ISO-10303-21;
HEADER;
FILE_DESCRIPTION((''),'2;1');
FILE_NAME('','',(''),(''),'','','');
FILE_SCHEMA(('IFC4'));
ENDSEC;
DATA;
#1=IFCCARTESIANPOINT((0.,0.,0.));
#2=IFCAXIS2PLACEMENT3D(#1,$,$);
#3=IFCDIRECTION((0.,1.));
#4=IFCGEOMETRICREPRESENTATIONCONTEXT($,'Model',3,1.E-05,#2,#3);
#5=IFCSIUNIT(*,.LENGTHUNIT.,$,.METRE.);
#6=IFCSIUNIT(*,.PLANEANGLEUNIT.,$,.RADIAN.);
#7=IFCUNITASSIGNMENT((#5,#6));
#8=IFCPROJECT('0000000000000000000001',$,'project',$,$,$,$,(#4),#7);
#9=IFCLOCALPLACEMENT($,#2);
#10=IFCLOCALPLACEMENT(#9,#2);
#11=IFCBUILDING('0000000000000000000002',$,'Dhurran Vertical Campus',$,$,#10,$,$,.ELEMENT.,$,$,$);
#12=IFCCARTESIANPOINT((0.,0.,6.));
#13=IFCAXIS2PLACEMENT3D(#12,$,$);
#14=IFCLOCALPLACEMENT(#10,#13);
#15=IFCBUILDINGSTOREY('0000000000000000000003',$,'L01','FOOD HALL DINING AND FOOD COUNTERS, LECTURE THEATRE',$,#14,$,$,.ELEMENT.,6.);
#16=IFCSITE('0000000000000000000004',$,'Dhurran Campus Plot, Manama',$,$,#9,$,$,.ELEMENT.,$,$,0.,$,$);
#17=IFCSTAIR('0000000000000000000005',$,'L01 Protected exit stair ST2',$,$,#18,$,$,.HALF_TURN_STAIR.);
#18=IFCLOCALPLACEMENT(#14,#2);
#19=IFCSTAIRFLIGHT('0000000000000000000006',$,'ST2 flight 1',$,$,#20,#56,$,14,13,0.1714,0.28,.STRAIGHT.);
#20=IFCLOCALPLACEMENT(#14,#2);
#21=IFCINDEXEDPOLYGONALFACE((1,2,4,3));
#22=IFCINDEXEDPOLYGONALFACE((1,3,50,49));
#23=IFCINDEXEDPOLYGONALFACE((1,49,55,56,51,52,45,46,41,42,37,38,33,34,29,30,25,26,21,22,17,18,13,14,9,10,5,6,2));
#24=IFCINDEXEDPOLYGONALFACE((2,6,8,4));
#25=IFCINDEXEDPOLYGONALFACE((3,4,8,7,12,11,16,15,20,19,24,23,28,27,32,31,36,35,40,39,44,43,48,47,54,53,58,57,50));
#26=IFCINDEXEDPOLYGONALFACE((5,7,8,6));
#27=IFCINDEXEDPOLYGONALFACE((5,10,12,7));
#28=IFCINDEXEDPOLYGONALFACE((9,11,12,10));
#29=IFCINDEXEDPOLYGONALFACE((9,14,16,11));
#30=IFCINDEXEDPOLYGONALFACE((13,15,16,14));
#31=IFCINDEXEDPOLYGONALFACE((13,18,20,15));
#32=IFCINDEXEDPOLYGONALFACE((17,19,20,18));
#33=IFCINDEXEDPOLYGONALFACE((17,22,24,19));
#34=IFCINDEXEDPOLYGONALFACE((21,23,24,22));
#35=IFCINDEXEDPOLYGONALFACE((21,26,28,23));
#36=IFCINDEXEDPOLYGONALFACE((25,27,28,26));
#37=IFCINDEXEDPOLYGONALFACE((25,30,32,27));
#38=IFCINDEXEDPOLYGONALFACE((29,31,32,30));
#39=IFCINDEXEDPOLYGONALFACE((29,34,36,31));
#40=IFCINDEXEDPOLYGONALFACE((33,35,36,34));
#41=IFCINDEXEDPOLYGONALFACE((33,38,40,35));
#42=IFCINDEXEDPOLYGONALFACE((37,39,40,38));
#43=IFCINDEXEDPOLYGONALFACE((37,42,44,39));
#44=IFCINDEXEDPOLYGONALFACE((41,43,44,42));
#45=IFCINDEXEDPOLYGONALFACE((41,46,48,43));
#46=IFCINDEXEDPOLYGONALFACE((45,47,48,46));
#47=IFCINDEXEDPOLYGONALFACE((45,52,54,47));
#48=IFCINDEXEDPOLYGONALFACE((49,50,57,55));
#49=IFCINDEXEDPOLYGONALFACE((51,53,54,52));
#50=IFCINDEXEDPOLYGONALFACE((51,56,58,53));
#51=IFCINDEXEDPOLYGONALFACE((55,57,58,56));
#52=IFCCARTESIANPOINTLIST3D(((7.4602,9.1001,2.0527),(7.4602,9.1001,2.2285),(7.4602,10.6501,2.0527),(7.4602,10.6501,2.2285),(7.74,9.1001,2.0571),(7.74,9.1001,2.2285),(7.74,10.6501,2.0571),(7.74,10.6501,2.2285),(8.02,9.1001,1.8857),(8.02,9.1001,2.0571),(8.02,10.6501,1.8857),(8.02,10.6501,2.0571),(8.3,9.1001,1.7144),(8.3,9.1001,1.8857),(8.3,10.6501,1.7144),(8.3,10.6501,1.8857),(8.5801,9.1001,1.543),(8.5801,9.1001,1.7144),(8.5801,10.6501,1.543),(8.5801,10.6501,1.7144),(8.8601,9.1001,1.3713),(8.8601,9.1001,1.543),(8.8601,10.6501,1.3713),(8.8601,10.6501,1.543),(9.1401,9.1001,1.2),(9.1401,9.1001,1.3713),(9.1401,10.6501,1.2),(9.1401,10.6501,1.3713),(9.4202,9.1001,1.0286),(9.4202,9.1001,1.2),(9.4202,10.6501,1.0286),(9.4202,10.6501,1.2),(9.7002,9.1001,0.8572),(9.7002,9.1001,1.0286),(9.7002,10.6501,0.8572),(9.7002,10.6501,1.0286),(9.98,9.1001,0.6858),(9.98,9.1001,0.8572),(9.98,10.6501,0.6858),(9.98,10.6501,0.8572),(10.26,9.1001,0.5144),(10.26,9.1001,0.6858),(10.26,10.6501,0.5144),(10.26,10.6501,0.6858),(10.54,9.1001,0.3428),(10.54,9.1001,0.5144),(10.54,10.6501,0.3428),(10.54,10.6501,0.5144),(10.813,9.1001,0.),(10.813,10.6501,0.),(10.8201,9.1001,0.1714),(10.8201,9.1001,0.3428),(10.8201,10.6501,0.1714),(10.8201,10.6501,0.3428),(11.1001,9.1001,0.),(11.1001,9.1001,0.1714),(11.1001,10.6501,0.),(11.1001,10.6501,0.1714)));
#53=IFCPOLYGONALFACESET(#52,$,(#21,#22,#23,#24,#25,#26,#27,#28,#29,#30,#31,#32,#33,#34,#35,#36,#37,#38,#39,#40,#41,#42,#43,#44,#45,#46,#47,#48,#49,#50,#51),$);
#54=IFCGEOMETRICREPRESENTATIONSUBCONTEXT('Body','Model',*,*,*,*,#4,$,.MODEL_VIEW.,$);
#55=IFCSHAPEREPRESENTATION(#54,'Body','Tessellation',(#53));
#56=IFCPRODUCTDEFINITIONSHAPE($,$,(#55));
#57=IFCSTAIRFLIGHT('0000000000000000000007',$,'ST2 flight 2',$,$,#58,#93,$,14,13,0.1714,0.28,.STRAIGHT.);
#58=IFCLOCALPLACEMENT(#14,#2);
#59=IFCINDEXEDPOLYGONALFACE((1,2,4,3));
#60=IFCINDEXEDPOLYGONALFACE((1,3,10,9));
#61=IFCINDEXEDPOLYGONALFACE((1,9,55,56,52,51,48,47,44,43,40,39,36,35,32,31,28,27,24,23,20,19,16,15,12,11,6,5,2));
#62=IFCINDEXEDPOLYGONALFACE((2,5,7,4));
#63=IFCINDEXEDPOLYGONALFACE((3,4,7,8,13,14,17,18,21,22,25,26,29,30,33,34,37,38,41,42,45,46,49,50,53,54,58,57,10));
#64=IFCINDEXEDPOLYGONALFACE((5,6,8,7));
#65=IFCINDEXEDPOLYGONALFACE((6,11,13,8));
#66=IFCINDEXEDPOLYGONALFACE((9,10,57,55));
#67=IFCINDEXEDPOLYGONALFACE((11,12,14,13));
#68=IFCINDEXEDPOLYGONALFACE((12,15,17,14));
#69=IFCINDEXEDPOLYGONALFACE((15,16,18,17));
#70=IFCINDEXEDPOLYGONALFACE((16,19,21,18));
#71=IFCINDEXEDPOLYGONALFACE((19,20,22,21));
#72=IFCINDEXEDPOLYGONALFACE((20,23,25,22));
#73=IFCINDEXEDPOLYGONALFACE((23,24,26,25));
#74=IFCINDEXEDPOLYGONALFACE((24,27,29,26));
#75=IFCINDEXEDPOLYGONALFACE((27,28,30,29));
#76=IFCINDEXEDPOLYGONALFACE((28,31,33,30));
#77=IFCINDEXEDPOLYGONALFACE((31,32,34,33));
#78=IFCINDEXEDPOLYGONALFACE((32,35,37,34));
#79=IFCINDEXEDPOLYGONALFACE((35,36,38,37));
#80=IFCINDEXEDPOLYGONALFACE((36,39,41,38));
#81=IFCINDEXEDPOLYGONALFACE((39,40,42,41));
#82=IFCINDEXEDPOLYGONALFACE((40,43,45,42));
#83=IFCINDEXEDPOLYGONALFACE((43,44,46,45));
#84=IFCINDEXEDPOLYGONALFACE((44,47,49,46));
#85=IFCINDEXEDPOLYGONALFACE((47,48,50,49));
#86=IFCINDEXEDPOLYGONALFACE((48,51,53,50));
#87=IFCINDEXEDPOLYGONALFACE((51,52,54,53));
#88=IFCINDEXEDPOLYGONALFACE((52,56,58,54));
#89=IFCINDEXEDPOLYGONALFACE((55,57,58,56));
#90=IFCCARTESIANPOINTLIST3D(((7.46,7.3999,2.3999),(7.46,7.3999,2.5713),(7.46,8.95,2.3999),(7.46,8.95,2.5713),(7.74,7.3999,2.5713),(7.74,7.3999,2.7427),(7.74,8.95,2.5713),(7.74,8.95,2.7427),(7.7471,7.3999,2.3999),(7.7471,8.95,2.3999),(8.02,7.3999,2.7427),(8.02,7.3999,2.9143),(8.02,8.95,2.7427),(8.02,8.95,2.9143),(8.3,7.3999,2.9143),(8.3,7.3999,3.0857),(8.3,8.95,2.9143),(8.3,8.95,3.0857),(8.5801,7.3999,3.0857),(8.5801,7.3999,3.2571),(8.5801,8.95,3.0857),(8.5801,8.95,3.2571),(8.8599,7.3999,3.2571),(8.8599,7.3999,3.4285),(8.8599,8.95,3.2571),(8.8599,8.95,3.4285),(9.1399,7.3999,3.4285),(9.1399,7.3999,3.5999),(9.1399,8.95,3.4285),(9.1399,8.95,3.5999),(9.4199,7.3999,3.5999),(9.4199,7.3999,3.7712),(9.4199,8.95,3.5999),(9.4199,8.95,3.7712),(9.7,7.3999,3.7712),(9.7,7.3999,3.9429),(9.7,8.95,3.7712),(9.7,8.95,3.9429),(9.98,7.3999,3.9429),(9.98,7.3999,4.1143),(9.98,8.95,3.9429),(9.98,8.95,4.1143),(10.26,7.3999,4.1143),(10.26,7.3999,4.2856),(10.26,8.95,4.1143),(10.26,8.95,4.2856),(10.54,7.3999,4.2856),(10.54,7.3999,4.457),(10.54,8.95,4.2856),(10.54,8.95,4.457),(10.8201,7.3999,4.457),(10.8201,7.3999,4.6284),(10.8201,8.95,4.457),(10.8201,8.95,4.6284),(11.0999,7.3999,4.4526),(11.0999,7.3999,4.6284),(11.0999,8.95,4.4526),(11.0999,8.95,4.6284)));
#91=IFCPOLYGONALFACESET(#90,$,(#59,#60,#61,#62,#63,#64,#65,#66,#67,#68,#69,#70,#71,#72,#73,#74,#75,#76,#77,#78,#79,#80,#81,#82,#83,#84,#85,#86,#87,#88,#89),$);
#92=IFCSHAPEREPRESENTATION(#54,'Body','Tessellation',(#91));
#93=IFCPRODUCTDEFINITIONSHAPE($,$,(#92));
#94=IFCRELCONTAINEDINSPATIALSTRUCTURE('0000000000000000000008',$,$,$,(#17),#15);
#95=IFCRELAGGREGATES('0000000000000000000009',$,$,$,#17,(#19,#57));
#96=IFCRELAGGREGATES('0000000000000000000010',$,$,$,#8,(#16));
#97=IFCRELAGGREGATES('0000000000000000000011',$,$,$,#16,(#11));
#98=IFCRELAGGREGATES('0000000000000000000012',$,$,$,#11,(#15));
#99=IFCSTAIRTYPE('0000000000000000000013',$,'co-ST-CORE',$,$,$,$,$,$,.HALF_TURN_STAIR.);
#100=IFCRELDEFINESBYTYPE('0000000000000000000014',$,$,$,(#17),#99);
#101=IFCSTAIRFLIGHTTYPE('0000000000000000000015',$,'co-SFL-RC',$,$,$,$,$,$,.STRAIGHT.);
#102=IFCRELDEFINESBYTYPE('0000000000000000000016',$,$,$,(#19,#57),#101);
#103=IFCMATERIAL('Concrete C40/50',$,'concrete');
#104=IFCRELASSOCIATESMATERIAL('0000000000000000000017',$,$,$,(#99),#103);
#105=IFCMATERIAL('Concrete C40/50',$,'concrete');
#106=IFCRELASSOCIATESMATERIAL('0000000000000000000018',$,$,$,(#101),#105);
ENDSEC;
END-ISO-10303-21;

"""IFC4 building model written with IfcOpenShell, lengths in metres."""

from ifc_helpers import new_model, si_unit, direction, frame, origin, place, context, subcontext, project, spatial, polyline, outline, extrude, material, type_object, element, aggregate, save


model = new_model("IFC4")

# Units and contexts
model_context = context("Model", 3, precision=1e-05, world=origin(), true_north=direction((0.0, 1.0)))
body_context = subcontext(model_context, "Body", "Model", "MODEL_VIEW")
ifc_project = project(units=[si_unit("LENGTHUNIT", "METRE"), si_unit("PLANEANGLEUNIT", "RADIAN")], contexts=[model_context])

# Site, building, storey
site_placement = place(None, origin())
site = spatial("IfcSite", under=ifc_project, at=site_placement, Name="Dhurran Campus Plot, Manama", CompositionType="ELEMENT", RefElevation=0.0)
building_placement = place(site_placement, origin())
building = spatial("IfcBuilding", under=site, at=building_placement, Name="Dhurran Vertical Campus", CompositionType="ELEMENT")
storey_placement = place(building_placement, frame((0.0, 0.0, 6.0)))
storey = spatial("IfcBuildingStorey", under=building, at=storey_placement, Name="L01", Description="FOOD HALL DINING AND FOOD COUNTERS, LECTURE THEATRE", CompositionType="ELEMENT", Elevation=6.0)

# Stair, stair flights
ifc_material_1 = material(Name="Concrete C40/50", Category="concrete")
stair_type = type_object("IfcStairType", Name="co-ST-CORE", PredefinedType="HALF_TURN_STAIR", material=ifc_material_1)
stair_placement = place(storey_placement, origin())
stair = element("IfcStair", 1, at=stair_placement, inside=storey, type_object=stair_type, Name="L01 Protected exit stair ST2", PredefinedType="HALF_TURN_STAIR")
ifc_material_2 = material(Name="Concrete C40/50", Category="concrete")
stair_flight_type = type_object("IfcStairFlightType", Name="co-SFL-RC", PredefinedType="STRAIGHT", material=ifc_material_2)
stair_flight_1_placement = place(storey_placement, frame((11.1001, 9.875, 0.0), z_axis=(0.0, 0.0, 1.0), x_axis=(-1.0, 0.0, 0.0)))
stair_flight_1 = element("IfcStairFlight", 2, at=stair_flight_1_placement, type_object=stair_flight_type, Name="ST2 flight 1", NumberOfRisers=14, NumberOfTreads=13, PredefinedType="STRAIGHT", RiserHeight=0.1714, TreadLength=0.28, context=body_context, shape_type="SweptSolid", body=[
    extrude(outline(polyline([(0.0, 0.0), (0.0, 0.1714), (0.28, 0.1714), (0.28, 0.3428), (0.5601, 0.3428), (0.5601, 0.5144), (0.8401, 0.5144), (0.8401, 0.6858), (1.1201, 0.6858), (1.1201, 0.8572), (1.3999, 0.8572), (1.3999, 1.0286), (1.6799, 1.0286), (1.6799, 1.2), (1.96, 1.2), (1.96, 1.3713), (2.24, 1.3713), (2.24, 1.543), (2.52, 1.543), (2.52, 1.7144), (2.8, 1.7144), (2.8, 1.8857), (3.0801, 1.8857), (3.0801, 2.0571), (3.3601, 2.0571), (3.3601, 2.2285), (3.6399, 2.2285), (3.6399, 2.3999), (3.6399, 2.0527), (0.2871, 0.0), (0.0, 0.0)])), frame((0.0, 0.7749, 0.0), z_axis=(0.0, -1.0, 0.0), x_axis=(1.0, 0.0, 0.0)), (0.0, 0.0, 1.0), 1.55),
])
stair_flight_2_placement = place(storey_placement, frame((7.46, 8.175, 2.3999), z_axis=(0.0, 0.0, 1.0), x_axis=(1.0, 0.0, 0.0)))
stair_flight_2 = element("IfcStairFlight", 3, at=stair_flight_2_placement, type_object=stair_flight_type, Name="ST2 flight 2", NumberOfRisers=14, NumberOfTreads=13, PredefinedType="STRAIGHT", RiserHeight=0.1714, TreadLength=0.28, context=body_context, shape_type="SweptSolid", body=[
    extrude(outline(polyline([(0.0, 0.0), (0.0, 0.1714), (0.28, 0.1714), (0.28, 0.3428), (0.5601, 0.3428), (0.5601, 0.5144), (0.8401, 0.5144), (0.8401, 0.6858), (1.1201, 0.6858), (1.1201, 0.8572), (1.3999, 0.8572), (1.3999, 1.0286), (1.6799, 1.0286), (1.6799, 1.2), (1.96, 1.2), (1.96, 1.3713), (2.24, 1.3713), (2.24, 1.543), (2.52, 1.543), (2.52, 1.7144), (2.8, 1.7144), (2.8, 1.8857), (3.0801, 1.8857), (3.0801, 2.0571), (3.3601, 2.0571), (3.3601, 2.2285), (3.6399, 2.2285), (3.6399, 2.3999), (3.6399, 2.0527), (0.2871, 0.0), (0.0, 0.0)])), frame((0.0, 0.7749, 0.0), z_axis=(0.0, -1.0, 0.0), x_axis=(1.0, 0.0, 0.0)), (0.0, 0.0, 1.0), 1.55),
])
aggregate(stair, [stair_flight_1, stair_flight_2])

save(model, "model.ifc")
